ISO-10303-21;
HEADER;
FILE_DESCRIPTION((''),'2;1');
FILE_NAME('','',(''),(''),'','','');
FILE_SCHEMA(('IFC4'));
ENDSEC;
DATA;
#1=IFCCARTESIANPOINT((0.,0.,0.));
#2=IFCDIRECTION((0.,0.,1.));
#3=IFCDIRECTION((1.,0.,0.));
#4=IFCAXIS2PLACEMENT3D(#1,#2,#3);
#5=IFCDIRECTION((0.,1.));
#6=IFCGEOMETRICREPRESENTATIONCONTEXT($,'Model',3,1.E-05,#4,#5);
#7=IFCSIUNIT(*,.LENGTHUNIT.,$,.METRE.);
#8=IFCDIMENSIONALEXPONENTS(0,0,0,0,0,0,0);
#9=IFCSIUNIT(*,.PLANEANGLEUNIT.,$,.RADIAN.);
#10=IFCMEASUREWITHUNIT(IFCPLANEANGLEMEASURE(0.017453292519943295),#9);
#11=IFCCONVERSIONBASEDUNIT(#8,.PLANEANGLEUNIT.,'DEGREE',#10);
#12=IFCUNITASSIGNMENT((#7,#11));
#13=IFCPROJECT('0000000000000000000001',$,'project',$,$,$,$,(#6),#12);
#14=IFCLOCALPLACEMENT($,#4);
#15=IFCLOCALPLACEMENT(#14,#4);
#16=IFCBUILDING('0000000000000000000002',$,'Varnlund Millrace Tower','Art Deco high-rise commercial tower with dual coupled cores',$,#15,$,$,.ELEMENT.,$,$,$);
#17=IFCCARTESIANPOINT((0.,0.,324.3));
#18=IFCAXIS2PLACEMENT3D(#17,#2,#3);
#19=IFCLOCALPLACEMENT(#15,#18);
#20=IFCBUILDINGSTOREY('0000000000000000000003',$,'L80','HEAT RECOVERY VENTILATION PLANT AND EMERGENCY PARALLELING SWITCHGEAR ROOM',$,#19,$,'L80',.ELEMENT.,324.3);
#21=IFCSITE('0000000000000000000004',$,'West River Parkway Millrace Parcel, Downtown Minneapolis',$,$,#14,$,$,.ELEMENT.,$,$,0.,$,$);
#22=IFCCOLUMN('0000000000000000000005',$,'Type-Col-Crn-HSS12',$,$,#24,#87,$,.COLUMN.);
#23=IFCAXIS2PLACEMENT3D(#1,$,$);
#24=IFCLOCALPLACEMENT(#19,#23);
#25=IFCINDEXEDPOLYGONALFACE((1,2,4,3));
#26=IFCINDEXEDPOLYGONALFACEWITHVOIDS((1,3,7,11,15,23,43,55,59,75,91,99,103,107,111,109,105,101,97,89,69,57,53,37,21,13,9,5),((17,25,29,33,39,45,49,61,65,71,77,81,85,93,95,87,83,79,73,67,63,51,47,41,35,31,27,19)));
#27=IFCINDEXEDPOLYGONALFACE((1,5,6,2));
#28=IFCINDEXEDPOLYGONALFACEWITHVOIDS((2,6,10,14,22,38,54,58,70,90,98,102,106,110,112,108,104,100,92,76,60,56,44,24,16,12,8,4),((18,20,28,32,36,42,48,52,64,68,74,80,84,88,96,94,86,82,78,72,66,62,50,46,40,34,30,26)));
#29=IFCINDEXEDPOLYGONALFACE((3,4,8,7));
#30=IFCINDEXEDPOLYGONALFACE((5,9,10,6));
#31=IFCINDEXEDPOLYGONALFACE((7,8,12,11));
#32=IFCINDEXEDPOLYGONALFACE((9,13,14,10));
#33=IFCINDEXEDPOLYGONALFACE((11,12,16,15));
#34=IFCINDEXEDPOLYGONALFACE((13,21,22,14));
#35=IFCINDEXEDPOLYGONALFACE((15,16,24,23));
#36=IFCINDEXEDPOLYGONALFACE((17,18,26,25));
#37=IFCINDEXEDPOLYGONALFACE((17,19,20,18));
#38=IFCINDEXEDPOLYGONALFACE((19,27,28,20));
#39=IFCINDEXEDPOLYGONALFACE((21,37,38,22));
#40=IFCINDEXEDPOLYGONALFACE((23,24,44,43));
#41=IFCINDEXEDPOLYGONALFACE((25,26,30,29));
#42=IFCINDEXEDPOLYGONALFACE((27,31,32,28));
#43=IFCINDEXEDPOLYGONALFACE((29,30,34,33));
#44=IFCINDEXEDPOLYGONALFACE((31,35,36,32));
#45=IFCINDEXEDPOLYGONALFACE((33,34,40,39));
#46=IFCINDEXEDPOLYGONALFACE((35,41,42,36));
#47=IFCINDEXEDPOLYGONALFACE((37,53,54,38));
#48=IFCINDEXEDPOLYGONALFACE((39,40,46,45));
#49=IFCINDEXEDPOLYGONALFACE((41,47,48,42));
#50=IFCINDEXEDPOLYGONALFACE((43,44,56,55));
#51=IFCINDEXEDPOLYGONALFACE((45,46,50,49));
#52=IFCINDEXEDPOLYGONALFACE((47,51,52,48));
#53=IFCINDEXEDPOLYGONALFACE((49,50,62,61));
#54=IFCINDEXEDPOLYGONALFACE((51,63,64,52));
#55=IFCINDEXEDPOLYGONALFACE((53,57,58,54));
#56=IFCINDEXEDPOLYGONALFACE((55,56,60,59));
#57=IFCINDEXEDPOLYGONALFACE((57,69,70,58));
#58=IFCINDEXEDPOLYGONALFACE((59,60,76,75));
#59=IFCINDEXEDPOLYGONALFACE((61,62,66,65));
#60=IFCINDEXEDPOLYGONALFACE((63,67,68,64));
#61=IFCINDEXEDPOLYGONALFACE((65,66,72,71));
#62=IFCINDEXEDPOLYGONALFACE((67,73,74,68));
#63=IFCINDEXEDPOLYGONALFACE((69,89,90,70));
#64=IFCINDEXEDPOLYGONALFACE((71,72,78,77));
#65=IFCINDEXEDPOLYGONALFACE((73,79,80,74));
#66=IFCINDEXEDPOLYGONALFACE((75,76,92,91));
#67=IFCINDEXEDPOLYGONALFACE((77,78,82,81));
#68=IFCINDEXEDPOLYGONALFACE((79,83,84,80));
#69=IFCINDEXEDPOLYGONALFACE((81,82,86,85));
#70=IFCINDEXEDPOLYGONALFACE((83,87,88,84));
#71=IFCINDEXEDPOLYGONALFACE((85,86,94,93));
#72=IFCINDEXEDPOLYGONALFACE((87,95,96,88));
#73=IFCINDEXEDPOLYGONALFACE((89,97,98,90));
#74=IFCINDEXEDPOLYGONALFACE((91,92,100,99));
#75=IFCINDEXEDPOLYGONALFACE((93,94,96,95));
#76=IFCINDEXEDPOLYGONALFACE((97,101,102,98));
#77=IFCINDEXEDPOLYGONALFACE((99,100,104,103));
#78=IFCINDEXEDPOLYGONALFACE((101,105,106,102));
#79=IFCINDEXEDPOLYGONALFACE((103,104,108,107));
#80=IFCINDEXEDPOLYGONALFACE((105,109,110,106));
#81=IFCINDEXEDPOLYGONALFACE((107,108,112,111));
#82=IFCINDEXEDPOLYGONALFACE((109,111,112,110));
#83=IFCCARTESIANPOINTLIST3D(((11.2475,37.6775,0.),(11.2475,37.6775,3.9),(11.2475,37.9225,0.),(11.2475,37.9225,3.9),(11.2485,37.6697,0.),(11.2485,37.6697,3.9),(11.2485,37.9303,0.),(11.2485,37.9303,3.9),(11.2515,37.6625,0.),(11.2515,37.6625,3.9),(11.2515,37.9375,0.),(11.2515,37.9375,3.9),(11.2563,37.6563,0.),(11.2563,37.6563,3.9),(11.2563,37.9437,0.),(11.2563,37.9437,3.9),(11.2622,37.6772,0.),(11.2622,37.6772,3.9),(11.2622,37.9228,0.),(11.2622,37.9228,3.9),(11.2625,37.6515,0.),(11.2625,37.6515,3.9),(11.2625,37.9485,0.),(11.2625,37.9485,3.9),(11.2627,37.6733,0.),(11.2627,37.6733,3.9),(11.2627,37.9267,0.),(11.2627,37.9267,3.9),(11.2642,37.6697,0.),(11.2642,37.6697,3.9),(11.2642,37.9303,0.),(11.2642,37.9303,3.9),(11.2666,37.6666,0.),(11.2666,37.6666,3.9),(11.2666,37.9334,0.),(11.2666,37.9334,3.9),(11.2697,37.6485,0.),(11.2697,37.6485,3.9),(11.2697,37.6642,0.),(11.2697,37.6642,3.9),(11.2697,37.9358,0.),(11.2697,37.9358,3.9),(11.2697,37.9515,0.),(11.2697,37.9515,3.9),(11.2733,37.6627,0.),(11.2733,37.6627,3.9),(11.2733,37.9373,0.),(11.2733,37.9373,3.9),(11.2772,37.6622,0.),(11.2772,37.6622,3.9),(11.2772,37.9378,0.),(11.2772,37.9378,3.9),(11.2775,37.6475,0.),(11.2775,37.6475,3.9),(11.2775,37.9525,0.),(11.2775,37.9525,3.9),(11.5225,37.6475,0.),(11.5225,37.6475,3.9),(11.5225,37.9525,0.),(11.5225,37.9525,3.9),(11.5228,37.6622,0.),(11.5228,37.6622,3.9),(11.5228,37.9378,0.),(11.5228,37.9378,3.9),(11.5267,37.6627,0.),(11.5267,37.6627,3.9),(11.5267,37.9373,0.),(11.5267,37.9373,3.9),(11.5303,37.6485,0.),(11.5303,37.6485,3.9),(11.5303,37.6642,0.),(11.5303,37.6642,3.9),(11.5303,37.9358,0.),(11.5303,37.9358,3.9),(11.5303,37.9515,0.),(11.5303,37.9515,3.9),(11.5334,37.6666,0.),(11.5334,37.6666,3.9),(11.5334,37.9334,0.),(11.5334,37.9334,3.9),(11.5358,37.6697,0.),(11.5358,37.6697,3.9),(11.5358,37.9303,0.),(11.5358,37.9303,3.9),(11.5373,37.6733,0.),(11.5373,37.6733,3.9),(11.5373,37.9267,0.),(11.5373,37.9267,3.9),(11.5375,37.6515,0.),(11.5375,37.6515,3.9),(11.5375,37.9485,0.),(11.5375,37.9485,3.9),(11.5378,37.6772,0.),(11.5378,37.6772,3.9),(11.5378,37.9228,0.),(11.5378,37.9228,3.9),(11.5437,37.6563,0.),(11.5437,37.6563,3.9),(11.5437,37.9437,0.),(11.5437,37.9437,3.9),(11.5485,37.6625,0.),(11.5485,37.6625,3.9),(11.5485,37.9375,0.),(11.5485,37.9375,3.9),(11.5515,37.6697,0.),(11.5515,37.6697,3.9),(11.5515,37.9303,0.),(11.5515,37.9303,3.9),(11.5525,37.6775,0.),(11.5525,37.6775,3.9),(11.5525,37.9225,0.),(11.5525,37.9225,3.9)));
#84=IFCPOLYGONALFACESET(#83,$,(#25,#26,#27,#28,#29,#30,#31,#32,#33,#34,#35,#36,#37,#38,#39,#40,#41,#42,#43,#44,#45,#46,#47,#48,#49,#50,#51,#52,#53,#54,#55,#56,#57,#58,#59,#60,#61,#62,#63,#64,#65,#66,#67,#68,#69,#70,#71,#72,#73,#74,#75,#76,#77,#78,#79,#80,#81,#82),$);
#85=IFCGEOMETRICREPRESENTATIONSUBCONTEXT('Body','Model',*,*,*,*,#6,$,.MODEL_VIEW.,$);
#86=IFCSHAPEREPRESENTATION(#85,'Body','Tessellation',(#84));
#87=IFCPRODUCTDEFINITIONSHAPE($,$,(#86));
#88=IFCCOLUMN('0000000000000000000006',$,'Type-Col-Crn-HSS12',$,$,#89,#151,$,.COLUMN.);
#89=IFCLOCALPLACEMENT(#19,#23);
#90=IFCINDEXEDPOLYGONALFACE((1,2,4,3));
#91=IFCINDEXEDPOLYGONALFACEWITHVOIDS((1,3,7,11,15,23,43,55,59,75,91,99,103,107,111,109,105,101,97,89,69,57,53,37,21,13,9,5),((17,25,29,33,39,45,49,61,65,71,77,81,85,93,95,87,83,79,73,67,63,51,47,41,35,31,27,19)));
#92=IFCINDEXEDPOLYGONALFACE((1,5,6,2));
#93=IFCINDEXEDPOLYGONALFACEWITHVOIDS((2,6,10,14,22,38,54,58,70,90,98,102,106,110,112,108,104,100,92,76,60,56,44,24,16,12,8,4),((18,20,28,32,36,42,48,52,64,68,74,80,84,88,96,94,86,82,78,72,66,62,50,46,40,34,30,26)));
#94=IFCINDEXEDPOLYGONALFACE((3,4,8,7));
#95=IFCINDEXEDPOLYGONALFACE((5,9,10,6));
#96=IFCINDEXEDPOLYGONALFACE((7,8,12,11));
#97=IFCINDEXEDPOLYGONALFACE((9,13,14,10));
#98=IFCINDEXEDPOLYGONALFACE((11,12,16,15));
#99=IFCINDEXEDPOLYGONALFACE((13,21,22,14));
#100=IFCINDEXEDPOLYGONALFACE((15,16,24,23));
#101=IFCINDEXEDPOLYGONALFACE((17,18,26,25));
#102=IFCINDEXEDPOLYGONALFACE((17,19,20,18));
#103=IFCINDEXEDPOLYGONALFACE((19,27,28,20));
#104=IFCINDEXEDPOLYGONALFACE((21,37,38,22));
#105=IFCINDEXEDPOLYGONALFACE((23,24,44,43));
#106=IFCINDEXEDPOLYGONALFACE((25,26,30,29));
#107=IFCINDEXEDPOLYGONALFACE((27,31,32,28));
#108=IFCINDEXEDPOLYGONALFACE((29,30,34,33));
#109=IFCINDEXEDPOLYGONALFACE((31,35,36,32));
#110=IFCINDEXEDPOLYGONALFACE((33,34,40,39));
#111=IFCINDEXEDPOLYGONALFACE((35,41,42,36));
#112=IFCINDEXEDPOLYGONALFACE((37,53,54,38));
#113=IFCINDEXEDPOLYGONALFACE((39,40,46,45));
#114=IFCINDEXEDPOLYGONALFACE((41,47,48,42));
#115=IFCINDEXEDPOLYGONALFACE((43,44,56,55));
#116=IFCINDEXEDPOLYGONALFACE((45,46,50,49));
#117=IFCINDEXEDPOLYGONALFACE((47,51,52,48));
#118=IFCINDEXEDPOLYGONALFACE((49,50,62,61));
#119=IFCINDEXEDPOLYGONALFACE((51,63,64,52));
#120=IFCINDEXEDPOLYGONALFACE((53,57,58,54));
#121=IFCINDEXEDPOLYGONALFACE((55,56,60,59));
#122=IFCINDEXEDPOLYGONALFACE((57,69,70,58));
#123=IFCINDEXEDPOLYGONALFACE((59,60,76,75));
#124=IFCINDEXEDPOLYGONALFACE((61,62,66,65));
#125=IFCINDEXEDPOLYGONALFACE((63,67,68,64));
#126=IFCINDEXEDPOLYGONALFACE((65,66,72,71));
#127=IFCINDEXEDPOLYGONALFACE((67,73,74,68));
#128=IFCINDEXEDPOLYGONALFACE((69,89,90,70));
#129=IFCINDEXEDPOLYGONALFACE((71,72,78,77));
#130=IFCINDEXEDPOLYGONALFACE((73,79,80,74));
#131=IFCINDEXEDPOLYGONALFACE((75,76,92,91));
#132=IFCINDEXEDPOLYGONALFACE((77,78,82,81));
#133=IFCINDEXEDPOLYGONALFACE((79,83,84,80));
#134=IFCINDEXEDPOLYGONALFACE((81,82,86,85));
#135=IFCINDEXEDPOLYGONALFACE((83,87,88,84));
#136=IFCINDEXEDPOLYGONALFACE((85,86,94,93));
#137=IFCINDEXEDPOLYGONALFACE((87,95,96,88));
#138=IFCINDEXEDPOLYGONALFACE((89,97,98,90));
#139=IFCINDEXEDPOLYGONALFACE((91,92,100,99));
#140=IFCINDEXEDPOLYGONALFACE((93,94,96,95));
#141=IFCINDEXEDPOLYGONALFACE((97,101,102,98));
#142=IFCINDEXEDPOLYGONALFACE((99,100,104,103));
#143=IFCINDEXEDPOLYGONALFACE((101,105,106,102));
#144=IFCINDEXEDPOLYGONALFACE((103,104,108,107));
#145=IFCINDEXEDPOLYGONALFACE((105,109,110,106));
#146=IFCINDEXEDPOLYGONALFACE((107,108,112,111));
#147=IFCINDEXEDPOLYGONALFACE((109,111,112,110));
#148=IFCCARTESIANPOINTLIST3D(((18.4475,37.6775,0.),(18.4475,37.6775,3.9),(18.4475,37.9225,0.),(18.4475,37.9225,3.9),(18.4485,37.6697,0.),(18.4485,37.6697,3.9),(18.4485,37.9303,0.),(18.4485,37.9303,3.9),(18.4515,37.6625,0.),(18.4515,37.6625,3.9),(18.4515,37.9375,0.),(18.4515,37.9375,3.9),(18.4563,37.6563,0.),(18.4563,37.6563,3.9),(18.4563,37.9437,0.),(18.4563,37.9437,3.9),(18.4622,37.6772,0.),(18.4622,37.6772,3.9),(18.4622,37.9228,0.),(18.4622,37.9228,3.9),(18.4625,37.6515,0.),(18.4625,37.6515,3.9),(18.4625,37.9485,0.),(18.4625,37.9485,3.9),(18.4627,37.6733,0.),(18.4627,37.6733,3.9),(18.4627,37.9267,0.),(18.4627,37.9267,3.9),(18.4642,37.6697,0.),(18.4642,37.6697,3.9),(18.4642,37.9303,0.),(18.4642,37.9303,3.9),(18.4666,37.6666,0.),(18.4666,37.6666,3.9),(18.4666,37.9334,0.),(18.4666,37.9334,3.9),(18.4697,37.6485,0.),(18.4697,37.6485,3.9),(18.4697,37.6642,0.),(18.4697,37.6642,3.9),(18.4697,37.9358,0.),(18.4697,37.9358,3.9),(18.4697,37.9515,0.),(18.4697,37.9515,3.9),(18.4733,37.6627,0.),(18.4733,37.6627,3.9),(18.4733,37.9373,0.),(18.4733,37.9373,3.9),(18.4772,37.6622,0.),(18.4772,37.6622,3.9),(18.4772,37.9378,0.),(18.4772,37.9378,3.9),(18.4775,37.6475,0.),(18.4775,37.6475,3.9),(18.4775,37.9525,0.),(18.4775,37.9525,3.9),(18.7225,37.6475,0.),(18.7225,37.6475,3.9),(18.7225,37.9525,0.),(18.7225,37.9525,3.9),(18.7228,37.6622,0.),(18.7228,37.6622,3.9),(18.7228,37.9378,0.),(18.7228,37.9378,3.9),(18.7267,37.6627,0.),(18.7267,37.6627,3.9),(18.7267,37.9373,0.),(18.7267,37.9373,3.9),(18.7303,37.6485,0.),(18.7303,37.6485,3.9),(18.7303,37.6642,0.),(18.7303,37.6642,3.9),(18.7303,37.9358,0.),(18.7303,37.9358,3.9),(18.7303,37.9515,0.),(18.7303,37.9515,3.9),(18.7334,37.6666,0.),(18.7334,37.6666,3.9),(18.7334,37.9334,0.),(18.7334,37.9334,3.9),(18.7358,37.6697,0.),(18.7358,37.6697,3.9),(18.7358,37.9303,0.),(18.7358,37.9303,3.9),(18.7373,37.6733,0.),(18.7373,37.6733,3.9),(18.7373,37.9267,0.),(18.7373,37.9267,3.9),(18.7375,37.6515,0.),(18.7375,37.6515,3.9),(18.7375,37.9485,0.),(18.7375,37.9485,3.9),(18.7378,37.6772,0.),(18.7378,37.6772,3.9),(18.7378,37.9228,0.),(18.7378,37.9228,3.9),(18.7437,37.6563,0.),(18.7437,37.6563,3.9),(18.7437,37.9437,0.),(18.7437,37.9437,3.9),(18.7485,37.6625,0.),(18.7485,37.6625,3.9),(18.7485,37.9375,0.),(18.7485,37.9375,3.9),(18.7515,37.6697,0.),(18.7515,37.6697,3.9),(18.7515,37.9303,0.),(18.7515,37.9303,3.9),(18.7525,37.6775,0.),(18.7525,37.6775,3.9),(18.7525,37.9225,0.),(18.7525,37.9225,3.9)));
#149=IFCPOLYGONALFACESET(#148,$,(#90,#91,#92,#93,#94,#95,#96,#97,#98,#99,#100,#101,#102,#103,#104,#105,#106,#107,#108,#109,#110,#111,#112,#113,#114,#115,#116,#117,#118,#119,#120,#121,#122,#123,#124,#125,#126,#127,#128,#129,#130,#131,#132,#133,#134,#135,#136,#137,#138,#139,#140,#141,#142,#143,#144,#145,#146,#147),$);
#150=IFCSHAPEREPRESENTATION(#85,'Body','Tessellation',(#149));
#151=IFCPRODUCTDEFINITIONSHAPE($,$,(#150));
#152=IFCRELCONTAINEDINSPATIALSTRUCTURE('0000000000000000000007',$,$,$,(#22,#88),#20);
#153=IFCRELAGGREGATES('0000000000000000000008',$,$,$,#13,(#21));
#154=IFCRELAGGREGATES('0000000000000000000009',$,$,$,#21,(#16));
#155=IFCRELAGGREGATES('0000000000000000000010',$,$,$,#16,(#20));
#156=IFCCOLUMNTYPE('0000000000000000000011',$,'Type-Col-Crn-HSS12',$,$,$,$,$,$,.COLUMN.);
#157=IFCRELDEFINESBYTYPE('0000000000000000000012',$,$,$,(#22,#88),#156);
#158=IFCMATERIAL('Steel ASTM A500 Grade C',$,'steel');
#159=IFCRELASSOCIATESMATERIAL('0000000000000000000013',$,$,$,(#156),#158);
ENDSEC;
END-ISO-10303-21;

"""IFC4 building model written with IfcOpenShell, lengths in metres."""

from ifc_helpers import new_model, entity, si_unit, converted_unit, direction, frame, origin_with_axes, origin_2d_with_axis, place, context, subcontext, project, spatial, hollow_rectangle, extrude, material, material_profile, profile_set, type_object, element, save


model = new_model("IFC4")

# Units and contexts
model_context = context("Model", 3, precision=1e-05, world=origin_with_axes(), true_north=direction((0.0, 1.0)))
body_context = subcontext(model_context, "Body", "Model", "MODEL_VIEW")
ifc_project = project(units=[si_unit("LENGTHUNIT", "METRE"), converted_unit("PLANEANGLEUNIT", "DEGREE", entity("IfcPlaneAngleMeasure", 0.017453292519943295), si_unit("PLANEANGLEUNIT", "RADIAN"), dimensions=[0, 0, 0, 0, 0, 0, 0])], contexts=[model_context])

# Site, building, storey
site_placement = place(None, origin_with_axes())
site = spatial("IfcSite", under=ifc_project, at=site_placement, Name="West River Parkway Millrace Parcel, Downtown Minneapolis", CompositionType="ELEMENT", RefElevation=0.0)
building_placement = place(site_placement, origin_with_axes())
building = spatial("IfcBuilding", under=site, at=building_placement, Name="Varnlund Millrace Tower", Description="Art Deco high-rise commercial tower with dual coupled cores", CompositionType="ELEMENT")
storey_placement = place(building_placement, frame((0.0, 0.0, 324.3), z_axis=(0.0, 0.0, 1.0), x_axis=(1.0, 0.0, 0.0)))
storey = spatial("IfcBuildingStorey", under=building, at=storey_placement, Name="L80", Description="HEAT RECOVERY VENTILATION PLANT AND EMERGENCY PARALLELING SWITCHGEAR ROOM", LongName="L80", CompositionType="ELEMENT", Elevation=324.3)

# Columns
ifc_material_1 = material(Name="Steel ASTM A500 Grade C", Category="steel")
ifc_material_profile_1 = material_profile(ifc_material_1, hollow_rectangle(XDim=0.305, YDim=0.305, WallThickness=0.0147, InnerFilletRadius=0.015, OuterFilletRadius=0.03, at=origin_2d_with_axis()), Name="Steel ASTM A500 Grade C")
ifc_profile_set_1 = profile_set([ifc_material_profile_1], Name="Steel ASTM A500 Grade C")
column_type = type_object("IfcColumnType", Name="Type-Col-Crn-HSS12", PredefinedType="COLUMN", material=ifc_profile_set_1)
for number, where, z_axis, x_axis, name in (
    (1, (11.4, 37.8, 0.0), (0.0, 0.0, 1.0), (1.0, 0.0, 0.0), "Type-Col-Crn-HSS12"),
    (2, (18.6, 37.8, 0.0), (0.0, 0.0, 1.0), (1.0, 0.0, 0.0), "Type-Col-Crn-HSS12"),
):
    element("IfcColumn", number, at=place(storey_placement, frame(where, z_axis=z_axis, x_axis=x_axis)), inside=storey, type_object=column_type, Name=name, PredefinedType="COLUMN", context=body_context, shape_type="SweptSolid", body=[
        extrude(hollow_rectangle(XDim=0.305, YDim=0.305, WallThickness=0.0147, InnerFilletRadius=0.015, OuterFilletRadius=0.03, at=origin_2d_with_axis()), origin_with_axes(), (0.0, 0.0, 1.0), 3.9),
    ])

save(model, "model.ifc")
